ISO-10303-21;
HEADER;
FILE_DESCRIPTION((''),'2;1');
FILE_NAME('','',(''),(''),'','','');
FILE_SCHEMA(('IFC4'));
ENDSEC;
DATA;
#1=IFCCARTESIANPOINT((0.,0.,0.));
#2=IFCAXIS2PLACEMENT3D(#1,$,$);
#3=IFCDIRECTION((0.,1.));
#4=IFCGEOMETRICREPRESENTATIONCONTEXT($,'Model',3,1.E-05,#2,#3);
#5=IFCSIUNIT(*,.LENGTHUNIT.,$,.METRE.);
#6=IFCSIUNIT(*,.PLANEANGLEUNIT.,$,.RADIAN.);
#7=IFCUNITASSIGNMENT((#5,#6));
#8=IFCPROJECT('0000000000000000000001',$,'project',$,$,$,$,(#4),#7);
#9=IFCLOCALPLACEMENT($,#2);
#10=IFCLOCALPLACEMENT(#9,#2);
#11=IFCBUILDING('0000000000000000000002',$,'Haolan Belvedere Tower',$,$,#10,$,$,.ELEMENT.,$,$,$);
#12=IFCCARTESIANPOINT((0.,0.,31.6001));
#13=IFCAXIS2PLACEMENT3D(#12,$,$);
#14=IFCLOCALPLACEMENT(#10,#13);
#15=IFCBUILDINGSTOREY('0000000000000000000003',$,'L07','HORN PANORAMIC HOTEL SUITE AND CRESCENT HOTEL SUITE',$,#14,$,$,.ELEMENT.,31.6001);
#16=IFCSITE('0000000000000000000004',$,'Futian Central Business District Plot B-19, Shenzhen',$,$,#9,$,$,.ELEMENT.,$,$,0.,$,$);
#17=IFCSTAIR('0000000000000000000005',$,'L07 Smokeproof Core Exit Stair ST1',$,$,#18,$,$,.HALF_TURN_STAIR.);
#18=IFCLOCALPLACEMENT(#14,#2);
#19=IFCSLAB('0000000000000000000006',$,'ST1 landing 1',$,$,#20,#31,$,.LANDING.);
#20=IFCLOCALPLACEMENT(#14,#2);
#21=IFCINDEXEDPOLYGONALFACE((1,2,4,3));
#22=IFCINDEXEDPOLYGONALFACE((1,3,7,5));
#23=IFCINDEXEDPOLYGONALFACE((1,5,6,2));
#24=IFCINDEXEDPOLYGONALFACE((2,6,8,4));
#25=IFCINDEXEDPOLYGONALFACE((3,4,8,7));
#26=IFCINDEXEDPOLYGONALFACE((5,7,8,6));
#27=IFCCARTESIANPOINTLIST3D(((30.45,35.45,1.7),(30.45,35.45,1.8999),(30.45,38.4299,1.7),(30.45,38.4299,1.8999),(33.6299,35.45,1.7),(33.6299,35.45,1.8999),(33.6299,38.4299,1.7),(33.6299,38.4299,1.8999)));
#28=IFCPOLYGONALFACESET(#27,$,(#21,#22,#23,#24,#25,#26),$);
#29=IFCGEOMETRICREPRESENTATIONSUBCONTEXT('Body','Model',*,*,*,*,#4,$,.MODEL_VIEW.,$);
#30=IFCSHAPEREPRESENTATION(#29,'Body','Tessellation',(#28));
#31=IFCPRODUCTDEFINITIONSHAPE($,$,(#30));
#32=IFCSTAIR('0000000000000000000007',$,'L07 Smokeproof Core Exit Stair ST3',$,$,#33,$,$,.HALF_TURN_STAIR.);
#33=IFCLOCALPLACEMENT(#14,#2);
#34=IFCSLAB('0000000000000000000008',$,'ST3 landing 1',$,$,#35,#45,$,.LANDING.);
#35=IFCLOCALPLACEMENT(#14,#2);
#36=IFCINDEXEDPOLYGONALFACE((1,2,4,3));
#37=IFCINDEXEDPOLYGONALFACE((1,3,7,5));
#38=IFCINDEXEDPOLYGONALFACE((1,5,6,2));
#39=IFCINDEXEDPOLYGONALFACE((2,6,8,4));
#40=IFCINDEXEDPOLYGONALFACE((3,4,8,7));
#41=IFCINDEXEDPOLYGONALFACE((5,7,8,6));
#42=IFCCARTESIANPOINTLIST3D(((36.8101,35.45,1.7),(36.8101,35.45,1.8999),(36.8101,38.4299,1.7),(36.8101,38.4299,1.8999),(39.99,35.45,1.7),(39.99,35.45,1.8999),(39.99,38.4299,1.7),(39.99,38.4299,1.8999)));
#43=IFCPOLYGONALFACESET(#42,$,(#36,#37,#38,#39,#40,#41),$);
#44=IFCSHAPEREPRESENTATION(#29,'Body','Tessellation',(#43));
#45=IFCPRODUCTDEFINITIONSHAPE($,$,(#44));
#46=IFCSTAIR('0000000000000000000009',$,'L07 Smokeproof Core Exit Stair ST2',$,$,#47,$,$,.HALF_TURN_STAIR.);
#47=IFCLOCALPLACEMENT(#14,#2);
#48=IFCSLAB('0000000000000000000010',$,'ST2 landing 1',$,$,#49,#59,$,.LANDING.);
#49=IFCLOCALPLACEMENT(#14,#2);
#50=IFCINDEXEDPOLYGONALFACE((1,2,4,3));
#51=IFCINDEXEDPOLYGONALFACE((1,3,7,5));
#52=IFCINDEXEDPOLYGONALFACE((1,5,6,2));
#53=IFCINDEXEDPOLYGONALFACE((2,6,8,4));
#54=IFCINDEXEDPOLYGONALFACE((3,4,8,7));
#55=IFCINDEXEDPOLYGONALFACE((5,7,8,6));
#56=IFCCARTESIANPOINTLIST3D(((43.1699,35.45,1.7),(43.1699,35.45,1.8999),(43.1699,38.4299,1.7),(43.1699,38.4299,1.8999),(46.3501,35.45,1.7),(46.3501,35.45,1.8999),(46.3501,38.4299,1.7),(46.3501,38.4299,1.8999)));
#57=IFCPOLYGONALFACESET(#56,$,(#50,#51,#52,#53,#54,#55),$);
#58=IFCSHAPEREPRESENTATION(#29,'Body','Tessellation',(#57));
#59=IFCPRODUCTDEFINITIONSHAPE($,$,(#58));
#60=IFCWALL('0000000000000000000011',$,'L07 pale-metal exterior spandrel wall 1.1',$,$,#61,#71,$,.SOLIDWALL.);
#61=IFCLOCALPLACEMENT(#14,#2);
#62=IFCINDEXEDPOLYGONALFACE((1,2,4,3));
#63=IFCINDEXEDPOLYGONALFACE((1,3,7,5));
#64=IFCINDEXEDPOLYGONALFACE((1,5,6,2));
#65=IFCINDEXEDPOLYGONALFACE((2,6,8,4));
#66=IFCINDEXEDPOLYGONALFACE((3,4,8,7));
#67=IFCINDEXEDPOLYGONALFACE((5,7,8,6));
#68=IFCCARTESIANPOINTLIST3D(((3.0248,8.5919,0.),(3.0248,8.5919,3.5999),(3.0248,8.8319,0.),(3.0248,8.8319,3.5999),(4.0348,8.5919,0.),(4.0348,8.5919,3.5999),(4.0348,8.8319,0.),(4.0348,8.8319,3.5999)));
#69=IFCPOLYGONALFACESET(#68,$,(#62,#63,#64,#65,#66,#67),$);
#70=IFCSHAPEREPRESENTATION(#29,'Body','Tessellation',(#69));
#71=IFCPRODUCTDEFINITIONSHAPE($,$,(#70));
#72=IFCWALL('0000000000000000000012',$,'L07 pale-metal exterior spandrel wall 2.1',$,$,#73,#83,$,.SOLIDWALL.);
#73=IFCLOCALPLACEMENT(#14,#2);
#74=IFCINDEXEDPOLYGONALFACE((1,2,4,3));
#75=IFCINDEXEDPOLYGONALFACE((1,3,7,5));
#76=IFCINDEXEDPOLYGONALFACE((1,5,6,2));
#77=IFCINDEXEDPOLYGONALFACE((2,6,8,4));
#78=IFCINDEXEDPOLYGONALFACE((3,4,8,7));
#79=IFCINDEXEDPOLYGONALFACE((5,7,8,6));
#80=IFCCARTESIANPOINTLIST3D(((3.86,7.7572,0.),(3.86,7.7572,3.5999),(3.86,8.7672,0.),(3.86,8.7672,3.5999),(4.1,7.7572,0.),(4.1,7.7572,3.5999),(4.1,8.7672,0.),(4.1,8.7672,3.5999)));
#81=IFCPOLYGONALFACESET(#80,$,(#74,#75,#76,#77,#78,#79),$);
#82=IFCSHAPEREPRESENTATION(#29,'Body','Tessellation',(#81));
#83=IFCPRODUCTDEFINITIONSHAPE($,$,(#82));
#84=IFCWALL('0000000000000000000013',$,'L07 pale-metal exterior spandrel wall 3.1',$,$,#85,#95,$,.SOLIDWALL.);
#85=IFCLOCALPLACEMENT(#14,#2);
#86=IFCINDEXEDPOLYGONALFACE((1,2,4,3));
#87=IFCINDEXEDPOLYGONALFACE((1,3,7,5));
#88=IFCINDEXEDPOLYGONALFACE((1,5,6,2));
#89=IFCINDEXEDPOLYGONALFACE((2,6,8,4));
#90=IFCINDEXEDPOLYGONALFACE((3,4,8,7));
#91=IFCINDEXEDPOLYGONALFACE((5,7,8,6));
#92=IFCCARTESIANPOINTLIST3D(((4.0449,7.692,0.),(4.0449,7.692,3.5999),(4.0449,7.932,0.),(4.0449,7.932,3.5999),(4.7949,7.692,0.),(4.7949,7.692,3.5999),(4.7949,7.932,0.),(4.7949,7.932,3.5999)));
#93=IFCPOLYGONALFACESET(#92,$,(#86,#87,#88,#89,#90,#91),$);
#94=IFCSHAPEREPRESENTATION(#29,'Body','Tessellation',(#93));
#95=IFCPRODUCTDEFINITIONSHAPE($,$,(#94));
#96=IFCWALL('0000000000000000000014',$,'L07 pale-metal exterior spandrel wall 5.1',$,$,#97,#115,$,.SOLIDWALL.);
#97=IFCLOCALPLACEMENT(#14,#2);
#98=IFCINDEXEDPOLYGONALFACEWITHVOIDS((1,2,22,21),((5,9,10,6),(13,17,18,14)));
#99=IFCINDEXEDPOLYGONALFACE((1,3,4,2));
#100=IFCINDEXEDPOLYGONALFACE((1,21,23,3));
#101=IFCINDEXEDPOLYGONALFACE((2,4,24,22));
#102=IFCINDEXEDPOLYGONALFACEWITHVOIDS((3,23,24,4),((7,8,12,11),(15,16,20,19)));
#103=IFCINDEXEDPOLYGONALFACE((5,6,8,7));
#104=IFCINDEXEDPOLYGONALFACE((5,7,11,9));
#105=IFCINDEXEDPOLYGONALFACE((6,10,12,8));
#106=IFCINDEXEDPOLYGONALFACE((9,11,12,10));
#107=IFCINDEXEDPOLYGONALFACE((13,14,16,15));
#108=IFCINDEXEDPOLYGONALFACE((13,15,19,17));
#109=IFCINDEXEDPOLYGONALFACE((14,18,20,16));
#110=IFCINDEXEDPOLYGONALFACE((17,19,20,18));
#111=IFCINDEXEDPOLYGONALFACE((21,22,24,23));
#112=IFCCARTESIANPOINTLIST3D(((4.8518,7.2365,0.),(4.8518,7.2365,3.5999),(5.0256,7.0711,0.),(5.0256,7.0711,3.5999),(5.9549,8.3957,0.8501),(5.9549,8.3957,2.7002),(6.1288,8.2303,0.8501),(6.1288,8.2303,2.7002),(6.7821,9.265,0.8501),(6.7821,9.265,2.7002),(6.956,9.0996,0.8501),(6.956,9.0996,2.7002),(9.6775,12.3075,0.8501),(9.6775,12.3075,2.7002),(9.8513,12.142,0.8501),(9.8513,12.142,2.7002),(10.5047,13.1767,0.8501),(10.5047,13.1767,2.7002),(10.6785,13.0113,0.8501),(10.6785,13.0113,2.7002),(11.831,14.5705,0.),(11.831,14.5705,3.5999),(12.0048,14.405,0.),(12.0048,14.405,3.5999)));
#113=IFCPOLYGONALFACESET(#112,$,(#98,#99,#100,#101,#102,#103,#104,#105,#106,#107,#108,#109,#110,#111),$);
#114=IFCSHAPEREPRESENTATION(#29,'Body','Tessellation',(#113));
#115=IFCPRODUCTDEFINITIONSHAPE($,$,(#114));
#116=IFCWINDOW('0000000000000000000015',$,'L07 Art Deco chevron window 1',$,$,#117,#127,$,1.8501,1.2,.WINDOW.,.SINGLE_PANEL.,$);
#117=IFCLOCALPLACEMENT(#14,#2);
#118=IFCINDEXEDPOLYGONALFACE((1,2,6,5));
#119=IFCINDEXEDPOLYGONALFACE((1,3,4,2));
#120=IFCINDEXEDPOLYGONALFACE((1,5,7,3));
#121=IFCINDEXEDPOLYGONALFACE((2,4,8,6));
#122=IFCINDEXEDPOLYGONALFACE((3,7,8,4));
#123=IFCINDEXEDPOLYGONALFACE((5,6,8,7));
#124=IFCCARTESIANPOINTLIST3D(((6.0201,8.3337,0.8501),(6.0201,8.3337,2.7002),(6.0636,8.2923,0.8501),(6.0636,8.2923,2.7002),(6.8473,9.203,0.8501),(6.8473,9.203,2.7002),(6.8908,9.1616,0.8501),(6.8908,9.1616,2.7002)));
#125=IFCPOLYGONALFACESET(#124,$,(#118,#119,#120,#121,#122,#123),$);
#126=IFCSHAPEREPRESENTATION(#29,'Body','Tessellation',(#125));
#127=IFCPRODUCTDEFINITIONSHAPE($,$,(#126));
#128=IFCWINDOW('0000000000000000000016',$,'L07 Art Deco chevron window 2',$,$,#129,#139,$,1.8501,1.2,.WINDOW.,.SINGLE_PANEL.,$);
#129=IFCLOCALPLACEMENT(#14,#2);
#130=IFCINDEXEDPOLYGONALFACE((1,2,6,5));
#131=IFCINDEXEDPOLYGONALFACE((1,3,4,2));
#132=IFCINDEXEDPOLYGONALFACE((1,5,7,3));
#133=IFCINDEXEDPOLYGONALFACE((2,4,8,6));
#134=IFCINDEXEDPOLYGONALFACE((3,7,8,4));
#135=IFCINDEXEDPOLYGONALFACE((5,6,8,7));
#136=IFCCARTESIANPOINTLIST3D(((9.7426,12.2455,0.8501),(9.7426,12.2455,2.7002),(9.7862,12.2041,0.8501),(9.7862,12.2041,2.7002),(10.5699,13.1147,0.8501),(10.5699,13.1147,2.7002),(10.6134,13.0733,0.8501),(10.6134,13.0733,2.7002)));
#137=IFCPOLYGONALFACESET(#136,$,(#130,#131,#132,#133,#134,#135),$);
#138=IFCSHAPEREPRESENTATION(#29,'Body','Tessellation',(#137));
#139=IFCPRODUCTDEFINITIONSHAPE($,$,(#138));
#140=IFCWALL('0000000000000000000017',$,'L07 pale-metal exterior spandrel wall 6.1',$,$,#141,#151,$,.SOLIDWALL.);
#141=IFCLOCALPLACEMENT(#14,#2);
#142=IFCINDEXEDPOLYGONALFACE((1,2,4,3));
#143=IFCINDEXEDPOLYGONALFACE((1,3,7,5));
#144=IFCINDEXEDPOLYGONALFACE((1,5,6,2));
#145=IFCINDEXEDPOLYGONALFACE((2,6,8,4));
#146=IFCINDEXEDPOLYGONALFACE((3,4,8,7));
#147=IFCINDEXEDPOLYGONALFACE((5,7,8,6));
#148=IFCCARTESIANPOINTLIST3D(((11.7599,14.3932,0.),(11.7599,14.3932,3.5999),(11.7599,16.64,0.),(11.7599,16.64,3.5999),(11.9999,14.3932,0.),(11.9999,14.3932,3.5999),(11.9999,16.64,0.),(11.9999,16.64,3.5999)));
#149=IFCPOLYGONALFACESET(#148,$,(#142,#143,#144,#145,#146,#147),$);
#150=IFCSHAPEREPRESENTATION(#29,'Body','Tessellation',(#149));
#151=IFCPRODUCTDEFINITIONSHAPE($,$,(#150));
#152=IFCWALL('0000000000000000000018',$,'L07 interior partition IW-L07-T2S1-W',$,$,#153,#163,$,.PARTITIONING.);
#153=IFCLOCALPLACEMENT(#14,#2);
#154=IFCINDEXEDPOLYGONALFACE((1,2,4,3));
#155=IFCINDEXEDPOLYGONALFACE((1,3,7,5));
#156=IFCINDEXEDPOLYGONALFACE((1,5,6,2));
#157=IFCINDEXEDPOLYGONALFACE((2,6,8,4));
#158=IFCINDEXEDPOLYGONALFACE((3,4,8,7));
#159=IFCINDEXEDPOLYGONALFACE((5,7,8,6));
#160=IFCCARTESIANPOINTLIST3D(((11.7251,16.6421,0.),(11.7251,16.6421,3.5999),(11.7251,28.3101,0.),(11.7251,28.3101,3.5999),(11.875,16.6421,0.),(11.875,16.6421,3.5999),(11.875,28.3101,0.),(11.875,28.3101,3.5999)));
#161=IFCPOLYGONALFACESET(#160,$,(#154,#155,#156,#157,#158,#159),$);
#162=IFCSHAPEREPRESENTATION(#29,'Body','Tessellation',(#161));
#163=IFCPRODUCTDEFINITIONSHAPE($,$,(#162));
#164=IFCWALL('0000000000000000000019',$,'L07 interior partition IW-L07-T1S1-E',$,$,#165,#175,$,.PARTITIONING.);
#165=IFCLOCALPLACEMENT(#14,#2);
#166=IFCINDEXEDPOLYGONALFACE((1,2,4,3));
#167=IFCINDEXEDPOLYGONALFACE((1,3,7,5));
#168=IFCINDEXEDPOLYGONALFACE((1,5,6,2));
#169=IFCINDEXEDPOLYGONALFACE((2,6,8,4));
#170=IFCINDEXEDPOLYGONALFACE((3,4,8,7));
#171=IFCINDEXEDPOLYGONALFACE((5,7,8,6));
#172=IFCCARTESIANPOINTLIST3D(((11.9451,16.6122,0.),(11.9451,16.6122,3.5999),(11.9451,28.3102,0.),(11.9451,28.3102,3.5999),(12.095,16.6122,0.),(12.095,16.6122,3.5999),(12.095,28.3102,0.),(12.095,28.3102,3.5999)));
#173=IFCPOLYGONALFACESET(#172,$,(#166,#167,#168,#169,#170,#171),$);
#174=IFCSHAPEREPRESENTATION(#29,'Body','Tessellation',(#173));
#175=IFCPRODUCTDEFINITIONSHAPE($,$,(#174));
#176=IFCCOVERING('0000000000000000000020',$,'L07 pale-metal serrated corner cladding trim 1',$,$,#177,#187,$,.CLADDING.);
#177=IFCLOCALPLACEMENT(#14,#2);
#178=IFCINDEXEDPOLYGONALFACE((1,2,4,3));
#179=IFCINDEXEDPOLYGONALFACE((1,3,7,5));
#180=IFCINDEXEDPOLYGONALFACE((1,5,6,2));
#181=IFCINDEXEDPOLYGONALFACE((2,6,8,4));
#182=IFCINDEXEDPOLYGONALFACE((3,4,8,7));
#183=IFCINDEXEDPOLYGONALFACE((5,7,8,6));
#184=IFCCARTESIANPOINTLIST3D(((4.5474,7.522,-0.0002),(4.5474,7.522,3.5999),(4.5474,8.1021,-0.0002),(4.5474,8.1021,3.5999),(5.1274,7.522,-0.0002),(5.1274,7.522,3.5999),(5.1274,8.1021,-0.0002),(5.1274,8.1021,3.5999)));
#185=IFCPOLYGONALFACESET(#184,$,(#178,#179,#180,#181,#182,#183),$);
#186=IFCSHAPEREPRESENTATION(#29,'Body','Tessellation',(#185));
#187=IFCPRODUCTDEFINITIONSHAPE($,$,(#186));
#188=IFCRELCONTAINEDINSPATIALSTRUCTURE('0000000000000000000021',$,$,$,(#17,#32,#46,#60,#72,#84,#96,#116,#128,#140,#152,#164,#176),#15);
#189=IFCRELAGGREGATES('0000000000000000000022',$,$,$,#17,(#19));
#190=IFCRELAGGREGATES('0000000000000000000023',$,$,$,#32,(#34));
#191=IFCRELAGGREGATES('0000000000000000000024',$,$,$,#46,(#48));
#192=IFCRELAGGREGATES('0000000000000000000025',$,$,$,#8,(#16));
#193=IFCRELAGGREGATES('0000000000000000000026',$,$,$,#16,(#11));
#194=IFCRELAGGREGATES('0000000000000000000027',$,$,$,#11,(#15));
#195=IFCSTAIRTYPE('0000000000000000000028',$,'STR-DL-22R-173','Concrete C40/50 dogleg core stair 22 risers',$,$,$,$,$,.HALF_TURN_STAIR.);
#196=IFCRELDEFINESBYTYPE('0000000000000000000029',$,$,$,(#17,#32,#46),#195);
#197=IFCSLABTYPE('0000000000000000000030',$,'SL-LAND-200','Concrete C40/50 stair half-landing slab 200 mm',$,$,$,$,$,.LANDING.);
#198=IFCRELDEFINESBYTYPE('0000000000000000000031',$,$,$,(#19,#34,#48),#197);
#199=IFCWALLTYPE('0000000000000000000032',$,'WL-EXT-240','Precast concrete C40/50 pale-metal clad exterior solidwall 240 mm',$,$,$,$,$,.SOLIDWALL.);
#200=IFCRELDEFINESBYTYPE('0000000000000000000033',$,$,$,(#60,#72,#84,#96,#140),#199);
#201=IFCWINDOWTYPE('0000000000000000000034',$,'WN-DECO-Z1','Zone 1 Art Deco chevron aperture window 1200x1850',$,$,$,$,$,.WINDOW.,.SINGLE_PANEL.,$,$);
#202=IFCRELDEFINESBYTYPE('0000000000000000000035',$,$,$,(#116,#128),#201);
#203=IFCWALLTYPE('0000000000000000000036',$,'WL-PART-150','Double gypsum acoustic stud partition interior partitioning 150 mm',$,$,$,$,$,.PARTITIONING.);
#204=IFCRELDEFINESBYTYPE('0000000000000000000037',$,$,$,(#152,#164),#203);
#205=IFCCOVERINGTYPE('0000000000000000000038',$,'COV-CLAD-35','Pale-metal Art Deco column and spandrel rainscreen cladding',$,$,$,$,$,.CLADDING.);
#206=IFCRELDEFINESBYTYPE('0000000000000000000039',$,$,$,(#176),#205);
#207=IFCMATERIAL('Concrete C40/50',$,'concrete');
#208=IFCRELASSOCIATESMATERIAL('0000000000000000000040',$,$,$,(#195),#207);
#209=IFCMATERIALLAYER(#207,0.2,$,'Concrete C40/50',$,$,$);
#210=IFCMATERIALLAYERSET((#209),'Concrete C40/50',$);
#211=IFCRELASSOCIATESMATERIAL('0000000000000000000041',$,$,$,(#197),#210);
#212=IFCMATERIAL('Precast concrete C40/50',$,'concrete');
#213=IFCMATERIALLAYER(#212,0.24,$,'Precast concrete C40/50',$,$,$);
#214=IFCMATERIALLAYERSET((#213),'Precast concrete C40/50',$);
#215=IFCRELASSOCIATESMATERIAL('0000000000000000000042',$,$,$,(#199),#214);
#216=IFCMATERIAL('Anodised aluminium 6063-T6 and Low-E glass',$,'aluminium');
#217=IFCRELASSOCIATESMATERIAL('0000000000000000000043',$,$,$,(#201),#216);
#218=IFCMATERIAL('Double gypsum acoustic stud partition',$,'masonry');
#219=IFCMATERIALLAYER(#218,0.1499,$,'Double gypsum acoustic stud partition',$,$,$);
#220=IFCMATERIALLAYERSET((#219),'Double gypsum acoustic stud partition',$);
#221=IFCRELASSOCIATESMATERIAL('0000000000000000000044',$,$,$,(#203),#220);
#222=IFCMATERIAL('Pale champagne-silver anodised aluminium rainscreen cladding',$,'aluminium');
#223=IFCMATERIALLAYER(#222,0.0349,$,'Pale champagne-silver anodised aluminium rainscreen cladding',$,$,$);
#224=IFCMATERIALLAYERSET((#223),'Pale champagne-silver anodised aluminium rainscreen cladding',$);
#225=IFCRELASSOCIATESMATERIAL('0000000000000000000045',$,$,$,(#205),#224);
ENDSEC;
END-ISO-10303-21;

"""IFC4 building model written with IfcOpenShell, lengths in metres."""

from ifc_helpers import new_model, si_unit, direction, frame, frame_2d, origin, origin_2d, place, context, subcontext, project, spatial, polyline, rectangle, outline, extrude, material, layer, layer_set, type_object, element, fill, aggregate, save


model = new_model("IFC4")

# Units and contexts
model_context = context("Model", 3, precision=1e-05, world=origin(), true_north=direction((0.0, 1.0)))
body_context = subcontext(model_context, "Body", "Model", "MODEL_VIEW")
ifc_project = project(units=[si_unit("LENGTHUNIT", "METRE"), si_unit("PLANEANGLEUNIT", "RADIAN")], contexts=[model_context])

# Site, building, storey
site_placement = place(None, origin())
site = spatial("IfcSite", under=ifc_project, at=site_placement, Name="Futian Central Business District Plot B-19, Shenzhen", CompositionType="ELEMENT", RefElevation=0.0)
building_placement = place(site_placement, origin())
building = spatial("IfcBuilding", under=site, at=building_placement, Name="Haolan Belvedere Tower", CompositionType="ELEMENT")
storey_placement = place(building_placement, frame((0.0, 0.0, 31.6001)))
storey = spatial("IfcBuildingStorey", under=building, at=storey_placement, Name="L07", Description="HORN PANORAMIC HOTEL SUITE AND CRESCENT HOTEL SUITE", CompositionType="ELEMENT", Elevation=31.6001)

# Shared definitions
ifc_material_1 = material(Name="Concrete C40/50", Category="concrete")

# Stairs, slabs
stair_type = type_object("IfcStairType", Name="STR-DL-22R-173", Description="Concrete C40/50 dogleg core stair 22 risers", PredefinedType="HALF_TURN_STAIR", material=ifc_material_1)
stair_1_placement = place(storey_placement, origin())
stair_1 = element("IfcStair", 1, at=stair_1_placement, inside=storey, type_object=stair_type, Name="L07 Smokeproof Core Exit Stair ST1", PredefinedType="HALF_TURN_STAIR")
ifc_layer_1 = layer(ifc_material_1, 0.2, Name="Concrete C40/50")
ifc_layer_set_1 = layer_set([ifc_layer_1], Name="Concrete C40/50")
slab_type_1 = type_object("IfcSlabType", Name="SL-LAND-200", Description="Concrete C40/50 stair half-landing slab 200 mm", PredefinedType="LANDING", material=ifc_layer_set_1)
slab_1_placement = place(storey_placement, frame((0.0, 0.0, 1.7)))
slab_1 = element("IfcSlab", 2, at=slab_1_placement, type_object=slab_type_1, Name="ST1 landing 1", PredefinedType="LANDING", context=body_context, shape_type="SweptSolid", body=[
    extrude(outline(polyline([(30.45, 38.4299), (30.45, 35.45), (33.6299, 35.45), (33.6299, 38.4299), (30.45, 38.4299)])), origin(), (0.0, 0.0, 1.0), 0.2),
])
aggregate(stair_1, [slab_1])
stair_2_placement = place(storey_placement, origin())
stair_2 = element("IfcStair", 3, at=stair_2_placement, inside=storey, type_object=stair_type, Name="L07 Smokeproof Core Exit Stair ST3", PredefinedType="HALF_TURN_STAIR")
slab_2_placement = place(storey_placement, frame((0.0, 0.0, 1.7)))
slab_2 = element("IfcSlab", 4, at=slab_2_placement, type_object=slab_type_1, Name="ST3 landing 1", PredefinedType="LANDING", context=body_context, shape_type="SweptSolid", body=[
    extrude(outline(polyline([(36.8101, 38.4299), (36.8101, 35.45), (39.99, 35.45), (39.99, 38.4299), (36.8101, 38.4299)])), origin(), (0.0, 0.0, 1.0), 0.2),
])
aggregate(stair_2, [slab_2])
stair_3_placement = place(storey_placement, origin())
stair_3 = element("IfcStair", 5, at=stair_3_placement, inside=storey, type_object=stair_type, Name="L07 Smokeproof Core Exit Stair ST2", PredefinedType="HALF_TURN_STAIR")
slab_3_placement = place(storey_placement, frame((0.0, 0.0, 1.7)))
slab_3 = element("IfcSlab", 6, at=slab_3_placement, type_object=slab_type_1, Name="ST2 landing 1", PredefinedType="LANDING", context=body_context, shape_type="SweptSolid", body=[
    extrude(outline(polyline([(43.1699, 38.4299), (43.1699, 35.45), (46.3501, 35.45), (46.3501, 38.4299), (43.1699, 38.4299)])), origin(), (0.0, 0.0, 1.0), 0.2),
])
aggregate(stair_3, [slab_3])

# Walls
ifc_material_2 = material(Name="Precast concrete C40/50", Category="concrete")
ifc_layer_2 = layer(ifc_material_2, 0.24, Name="Precast concrete C40/50")
ifc_layer_set_2 = layer_set([ifc_layer_2], Name="Precast concrete C40/50")
wall_type_1 = type_object("IfcWallType", Name="WL-EXT-240", Description="Precast concrete C40/50 pale-metal clad exterior solidwall 240 mm", PredefinedType="SOLIDWALL", material=ifc_layer_set_2)
for number, where, z_axis, x_axis, name in (
    (7, (3.0249, 8.7119, 0.0), (0.0, 0.0, 1.0), (1.0, 0.0, 0.0), "L07 pale-metal exterior spandrel wall 1.1"),
    (8, (3.98, 8.7671, 0.0), (0.0, 0.0, 1.0), (0.0, -1.0, 0.0), "L07 pale-metal exterior spandrel wall 2.1"),
):
    element("IfcWall", number, at=place(storey_placement, frame(where, z_axis=z_axis, x_axis=x_axis)), inside=storey, type_object=wall_type_1, Name=name, PredefinedType="SOLIDWALL", context=body_context, shape_type="SweptSolid", body=[
        extrude(rectangle(XDim=1.01, YDim=0.24, at=frame_2d((0.5049, 0.0))), origin(), (0.0, 0.0, 1.0), 3.5999),
    ])
wall_1_placement = place(storey_placement, frame((4.0449, 7.812, 0.0), z_axis=(0.0, 0.0, 1.0), x_axis=(1.0, 0.0, 0.0)))
element("IfcWall", 9, at=wall_1_placement, inside=storey, type_object=wall_type_1, Name="L07 pale-metal exterior spandrel wall 3.1", PredefinedType="SOLIDWALL", context=body_context, shape_type="SweptSolid", body=[
    extrude(rectangle(XDim=0.75, YDim=0.24, at=frame_2d((0.375, 0.0))), origin(), (0.0, 0.0, 1.0), 3.5999),
])

# Wall, openings, windows
wall_2_placement = place(storey_placement, frame((4.9387, 7.1538, 0.0), z_axis=(0.0, 0.0, 1.0), x_axis=(0.68937, 0.724409, 0.0)))
wall_2 = element("IfcWall", 10, at=wall_2_placement, inside=storey, type_object=wall_type_1, Name="L07 pale-metal exterior spandrel wall 5.1", PredefinedType="SOLIDWALL", context=body_context, shape_type="SweptSolid", body=[
    extrude(rectangle(XDim=10.124, YDim=0.24, at=frame_2d((5.062, 0.0))), origin(), (0.0, 0.0, 1.0), 3.5999),
])
opening_1_placement = place(wall_2_placement, frame((1.6001, 0.0, 0.8501)))
opening_1 = element("IfcOpeningElement", 11, at=opening_1_placement, cuts=wall_2, PredefinedType="OPENING", context=body_context, shape_type="SweptSolid", body=[
    extrude(rectangle(XDim=1.2, YDim=1.8501, at=frame_2d((0.6001, 0.925))), frame((0.0, 0.1299, 0.0), z_axis=(0.0, -1.0, 0.0), x_axis=(1.0, 0.0, 0.0)), (0.0, 0.0, 1.0), 0.26),
])
opening_2_placement = place(wall_2_placement, frame((7.0, 0.0, 0.8501)))
opening_2 = element("IfcOpeningElement", 12, at=opening_2_placement, cuts=wall_2, PredefinedType="OPENING", context=body_context, shape_type="SweptSolid", body=[
    extrude(rectangle(XDim=1.2, YDim=1.8501, at=frame_2d((0.6001, 0.925))), frame((0.0, 0.1299, 0.0), z_axis=(0.0, -1.0, 0.0), x_axis=(1.0, 0.0, 0.0)), (0.0, 0.0, 1.0), 0.26),
])
ifc_material_3 = material(Name="Anodised aluminium 6063-T6 and Low-E glass", Category="aluminium")
window_type = type_object("IfcWindowType", Name="WN-DECO-Z1", Description="Zone 1 Art Deco chevron aperture window 1200x1850", PartitioningType="SINGLE_PANEL", PredefinedType="WINDOW", material=ifc_material_3)
window_1_placement = place(opening_1_placement, origin())
window_1 = element("IfcWindow", 13, at=window_1_placement, inside=storey, type_object=window_type, Name="L07 Art Deco chevron window 1", OverallHeight=1.8501, OverallWidth=1.2, PartitioningType="SINGLE_PANEL", PredefinedType="WINDOW", context=body_context, shape_type="SweptSolid", body=[
    extrude(rectangle(XDim=1.2, YDim=1.8501, at=frame_2d((0.6001, 0.925))), frame((0.0, 0.03, 0.0), z_axis=(0.0, -1.0, 0.0), x_axis=(1.0, 0.0, 0.0)), (0.0, 0.0, 1.0), 0.0601),
])
fill(opening_1, window_1)
window_2_placement = place(opening_2_placement, origin())
window_2 = element("IfcWindow", 14, at=window_2_placement, inside=storey, type_object=window_type, Name="L07 Art Deco chevron window 2", OverallHeight=1.8501, OverallWidth=1.2, PartitioningType="SINGLE_PANEL", PredefinedType="WINDOW", context=body_context, shape_type="SweptSolid", body=[
    extrude(rectangle(XDim=1.2, YDim=1.8501, at=frame_2d((0.6001, 0.925))), frame((0.0, 0.03, 0.0), z_axis=(0.0, -1.0, 0.0), x_axis=(1.0, 0.0, 0.0)), (0.0, 0.0, 1.0), 0.0601),
])
fill(opening_2, window_2)

# Walls
wall_3_placement = place(storey_placement, frame((11.8799, 14.3931, 0.0), z_axis=(0.0, 0.0, 1.0), x_axis=(0.0, 1.0, 0.0)))
element("IfcWall", 15, at=wall_3_placement, inside=storey, type_object=wall_type_1, Name="L07 pale-metal exterior spandrel wall 6.1", PredefinedType="SOLIDWALL", context=body_context, shape_type="SweptSolid", body=[
    extrude(rectangle(XDim=2.2468, YDim=0.24, at=frame_2d((1.1235, 0.0))), origin(), (0.0, 0.0, 1.0), 3.5999),
])
ifc_material_4 = material(Name="Double gypsum acoustic stud partition", Category="masonry")
ifc_layer_3 = layer(ifc_material_4, 0.1499, Name="Double gypsum acoustic stud partition")
ifc_layer_set_3 = layer_set([ifc_layer_3], Name="Double gypsum acoustic stud partition")
wall_type_2 = type_object("IfcWallType", Name="WL-PART-150", Description="Double gypsum acoustic stud partition interior partitioning 150 mm", PredefinedType="PARTITIONING", material=ifc_layer_set_3)
wall_4_placement = place(storey_placement, frame((11.8, 16.6421, 0.0), z_axis=(0.0, 0.0, 1.0), x_axis=(0.0, 1.0, 0.0)))
element("IfcWall", 16, at=wall_4_placement, inside=storey, type_object=wall_type_2, Name="L07 interior partition IW-L07-T2S1-W", PredefinedType="PARTITIONING", context=body_context, shape_type="SweptSolid", body=[
    extrude(rectangle(XDim=11.668, YDim=0.1499, at=frame_2d((5.834, 0.0))), origin(), (0.0, 0.0, 1.0), 3.5999),
])
wall_5_placement = place(storey_placement, frame((12.02, 16.6121, 0.0), z_axis=(0.0, 0.0, 1.0), x_axis=(0.0, 1.0, 0.0)))
element("IfcWall", 17, at=wall_5_placement, inside=storey, type_object=wall_type_2, Name="L07 interior partition IW-L07-T1S1-E", PredefinedType="PARTITIONING", context=body_context, shape_type="SweptSolid", body=[
    extrude(rectangle(XDim=11.698, YDim=0.1499, at=frame_2d((5.8491, 0.0))), origin(), (0.0, 0.0, 1.0), 3.5999),
])

# Covering
ifc_material_5 = material(Name="Pale champagne-silver anodised aluminium rainscreen cladding", Category="aluminium")
ifc_layer_4 = layer(ifc_material_5, 0.0349, Name="Pale champagne-silver anodised aluminium rainscreen cladding")
ifc_layer_set_4 = layer_set([ifc_layer_4], Name="Pale champagne-silver anodised aluminium rainscreen cladding")
covering_type_1 = type_object("IfcCoveringType", Name="COV-CLAD-35", Description="Pale-metal Art Deco column and spandrel rainscreen cladding", PredefinedType="CLADDING", material=ifc_layer_set_4)
for number, where, z_axis, x_axis, name in (
    (18, (4.8374, 7.812, -0.0002), (0.0, 0.0, 1.0), (1.0, 0.0, 0.0), "L07 pale-metal serrated corner cladding trim 1"),
):
    element("IfcCovering", number, at=place(storey_placement, frame(where, z_axis=z_axis, x_axis=x_axis)), inside=storey, type_object=covering_type_1, Name=name, PredefinedType="CLADDING", context=body_context, shape_type="SweptSolid", body=[
        extrude(rectangle(XDim=0.5801, YDim=0.5801, at=origin_2d()), origin(), (0.0, 0.0, 1.0), 3.6001),
    ])

save(model, "model.ifc")
